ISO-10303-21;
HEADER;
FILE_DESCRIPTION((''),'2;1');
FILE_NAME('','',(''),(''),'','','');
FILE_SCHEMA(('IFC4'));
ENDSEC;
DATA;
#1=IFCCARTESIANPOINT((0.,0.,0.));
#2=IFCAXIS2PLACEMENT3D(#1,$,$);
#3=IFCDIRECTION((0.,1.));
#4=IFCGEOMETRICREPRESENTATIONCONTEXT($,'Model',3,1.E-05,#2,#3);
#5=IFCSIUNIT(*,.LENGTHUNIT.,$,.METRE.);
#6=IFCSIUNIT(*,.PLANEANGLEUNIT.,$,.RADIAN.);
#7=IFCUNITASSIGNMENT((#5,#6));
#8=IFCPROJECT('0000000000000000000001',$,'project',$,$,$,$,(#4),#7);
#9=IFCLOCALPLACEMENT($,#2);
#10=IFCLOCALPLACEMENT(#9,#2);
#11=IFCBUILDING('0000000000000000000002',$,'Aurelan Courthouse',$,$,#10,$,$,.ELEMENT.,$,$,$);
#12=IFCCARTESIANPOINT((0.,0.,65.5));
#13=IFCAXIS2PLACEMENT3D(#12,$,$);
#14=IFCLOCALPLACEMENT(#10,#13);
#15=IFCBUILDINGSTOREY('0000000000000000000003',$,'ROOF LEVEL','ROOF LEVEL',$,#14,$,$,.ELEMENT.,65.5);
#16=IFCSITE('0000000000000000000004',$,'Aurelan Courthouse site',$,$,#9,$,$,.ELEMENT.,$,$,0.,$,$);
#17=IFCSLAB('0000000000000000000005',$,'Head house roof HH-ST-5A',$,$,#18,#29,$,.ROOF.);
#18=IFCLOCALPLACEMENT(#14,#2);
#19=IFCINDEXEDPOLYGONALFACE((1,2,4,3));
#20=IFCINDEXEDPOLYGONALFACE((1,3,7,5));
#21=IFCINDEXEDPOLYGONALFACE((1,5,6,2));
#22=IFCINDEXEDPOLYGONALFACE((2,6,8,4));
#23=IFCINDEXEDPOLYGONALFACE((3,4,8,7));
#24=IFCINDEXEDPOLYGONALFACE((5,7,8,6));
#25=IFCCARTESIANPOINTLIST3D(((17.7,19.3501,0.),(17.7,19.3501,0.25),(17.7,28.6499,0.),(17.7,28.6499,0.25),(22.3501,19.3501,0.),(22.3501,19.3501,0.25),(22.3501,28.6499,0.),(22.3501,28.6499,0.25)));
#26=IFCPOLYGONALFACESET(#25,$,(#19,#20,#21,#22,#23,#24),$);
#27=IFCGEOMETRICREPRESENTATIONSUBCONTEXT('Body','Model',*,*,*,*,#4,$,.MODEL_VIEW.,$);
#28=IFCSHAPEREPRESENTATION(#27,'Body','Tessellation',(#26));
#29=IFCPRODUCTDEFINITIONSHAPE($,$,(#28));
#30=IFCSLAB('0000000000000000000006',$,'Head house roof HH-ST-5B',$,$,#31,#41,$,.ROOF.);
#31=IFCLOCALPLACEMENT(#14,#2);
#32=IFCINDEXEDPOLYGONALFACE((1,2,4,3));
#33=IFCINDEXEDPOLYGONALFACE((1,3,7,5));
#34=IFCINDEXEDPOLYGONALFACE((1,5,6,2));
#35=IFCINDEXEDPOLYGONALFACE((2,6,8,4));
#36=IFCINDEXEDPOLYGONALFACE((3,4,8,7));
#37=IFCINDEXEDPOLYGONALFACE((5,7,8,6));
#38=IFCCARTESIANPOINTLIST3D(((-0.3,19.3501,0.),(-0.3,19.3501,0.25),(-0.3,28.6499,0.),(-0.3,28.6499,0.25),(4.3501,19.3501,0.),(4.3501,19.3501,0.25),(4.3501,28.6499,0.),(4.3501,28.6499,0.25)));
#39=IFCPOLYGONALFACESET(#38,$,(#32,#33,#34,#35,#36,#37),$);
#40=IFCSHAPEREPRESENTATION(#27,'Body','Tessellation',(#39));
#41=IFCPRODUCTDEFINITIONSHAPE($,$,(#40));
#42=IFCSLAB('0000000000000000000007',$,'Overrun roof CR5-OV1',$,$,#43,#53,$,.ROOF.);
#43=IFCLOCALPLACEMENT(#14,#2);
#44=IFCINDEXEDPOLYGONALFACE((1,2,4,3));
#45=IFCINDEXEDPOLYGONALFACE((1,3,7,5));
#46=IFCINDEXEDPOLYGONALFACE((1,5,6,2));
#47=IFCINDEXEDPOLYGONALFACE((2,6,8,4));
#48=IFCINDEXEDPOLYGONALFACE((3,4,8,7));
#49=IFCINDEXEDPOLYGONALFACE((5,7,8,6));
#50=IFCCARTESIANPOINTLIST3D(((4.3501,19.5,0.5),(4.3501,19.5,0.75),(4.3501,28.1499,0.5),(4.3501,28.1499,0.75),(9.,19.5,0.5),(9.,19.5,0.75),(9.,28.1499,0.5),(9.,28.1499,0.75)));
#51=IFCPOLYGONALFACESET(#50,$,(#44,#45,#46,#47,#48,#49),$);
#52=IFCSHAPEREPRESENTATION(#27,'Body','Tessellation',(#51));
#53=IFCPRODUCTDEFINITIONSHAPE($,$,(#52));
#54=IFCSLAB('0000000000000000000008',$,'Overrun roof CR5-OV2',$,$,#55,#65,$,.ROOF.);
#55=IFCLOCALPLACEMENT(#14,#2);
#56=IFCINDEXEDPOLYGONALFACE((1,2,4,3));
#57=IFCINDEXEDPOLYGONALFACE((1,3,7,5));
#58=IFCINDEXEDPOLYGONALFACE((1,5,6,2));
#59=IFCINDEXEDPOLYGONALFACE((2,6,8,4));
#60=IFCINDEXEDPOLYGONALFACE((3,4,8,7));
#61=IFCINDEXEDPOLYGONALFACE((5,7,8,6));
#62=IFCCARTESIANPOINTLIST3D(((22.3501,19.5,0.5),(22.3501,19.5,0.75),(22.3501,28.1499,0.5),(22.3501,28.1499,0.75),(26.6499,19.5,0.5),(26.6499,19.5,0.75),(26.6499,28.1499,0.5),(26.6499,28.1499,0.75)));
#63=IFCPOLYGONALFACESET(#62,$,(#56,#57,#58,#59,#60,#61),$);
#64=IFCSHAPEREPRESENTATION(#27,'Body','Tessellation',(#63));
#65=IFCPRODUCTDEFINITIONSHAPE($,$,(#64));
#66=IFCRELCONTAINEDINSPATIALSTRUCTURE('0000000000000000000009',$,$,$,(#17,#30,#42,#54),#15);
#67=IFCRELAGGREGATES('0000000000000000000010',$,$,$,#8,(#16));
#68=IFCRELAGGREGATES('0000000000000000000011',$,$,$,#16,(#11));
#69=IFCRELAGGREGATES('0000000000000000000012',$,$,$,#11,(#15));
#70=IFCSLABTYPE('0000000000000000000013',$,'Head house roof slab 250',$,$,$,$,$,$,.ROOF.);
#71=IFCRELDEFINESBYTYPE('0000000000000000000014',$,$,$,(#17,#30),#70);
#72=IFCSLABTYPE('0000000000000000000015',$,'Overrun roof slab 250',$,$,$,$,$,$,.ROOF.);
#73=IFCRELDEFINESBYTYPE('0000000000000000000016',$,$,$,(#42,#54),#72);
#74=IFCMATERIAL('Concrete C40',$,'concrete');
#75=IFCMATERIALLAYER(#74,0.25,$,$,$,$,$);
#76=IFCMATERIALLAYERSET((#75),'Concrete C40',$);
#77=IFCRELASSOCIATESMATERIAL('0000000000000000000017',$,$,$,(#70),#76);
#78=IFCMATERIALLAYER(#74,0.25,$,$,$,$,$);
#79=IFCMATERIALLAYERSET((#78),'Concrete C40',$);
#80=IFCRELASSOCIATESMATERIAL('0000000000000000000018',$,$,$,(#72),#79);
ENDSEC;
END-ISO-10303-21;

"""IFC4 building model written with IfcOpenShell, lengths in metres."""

from ifc_helpers import new_model, si_unit, direction, frame, origin, place, context, subcontext, project, spatial, polyline, outline, extrude, material, layer, layer_set, type_object, element, save


model = new_model("IFC4")

# Units and contexts
model_context = context("Model", 3, precision=1e-05, world=origin(), true_north=direction((0.0, 1.0)))
body_context = subcontext(model_context, "Body", "Model", "MODEL_VIEW")
ifc_project = project(units=[si_unit("LENGTHUNIT", "METRE"), si_unit("PLANEANGLEUNIT", "RADIAN")], contexts=[model_context])

# Site, building, storey
site_placement = place(None, origin())
site = spatial("IfcSite", under=ifc_project, at=site_placement, Name="Aurelan Courthouse site", CompositionType="ELEMENT", RefElevation=0.0)
building_placement = place(site_placement, origin())
building = spatial("IfcBuilding", under=site, at=building_placement, Name="Aurelan Courthouse", CompositionType="ELEMENT")
storey_placement = place(building_placement, frame((0.0, 0.0, 65.5)))
storey = spatial("IfcBuildingStorey", under=building, at=storey_placement, Name="ROOF LEVEL", Description="ROOF LEVEL", CompositionType="ELEMENT", Elevation=65.5)

# Slabs
ifc_material = material(Name="Concrete C40", Category="concrete")
ifc_layer_1 = layer(ifc_material, 0.25)
ifc_layer_set_1 = layer_set([ifc_layer_1], Name="Concrete C40")
slab_type_1 = type_object("IfcSlabType", Name="Head house roof slab 250", PredefinedType="ROOF", material=ifc_layer_set_1)
slab_1_placement = place(storey_placement, origin())
element("IfcSlab", 1, at=slab_1_placement, inside=storey, type_object=slab_type_1, Name="Head house roof HH-ST-5A", PredefinedType="ROOF", context=body_context, shape_type="SweptSolid", body=[
    extrude(outline(polyline([(17.7, 19.3501), (22.3501, 19.3501), (22.3501, 28.6499), (17.7, 28.6499), (17.7, 19.3501)])), origin(), (0.0, 0.0, 1.0), 0.25),
])
slab_2_placement = place(storey_placement, origin())
element("IfcSlab", 2, at=slab_2_placement, inside=storey, type_object=slab_type_1, Name="Head house roof HH-ST-5B", PredefinedType="ROOF", context=body_context, shape_type="SweptSolid", body=[
    extrude(outline(polyline([(-0.3, 19.3501), (4.3501, 19.3501), (4.3501, 28.6499), (-0.3, 28.6499), (-0.3, 19.3501)])), origin(), (0.0, 0.0, 1.0), 0.25),
])
ifc_layer_2 = layer(ifc_material, 0.25)
ifc_layer_set_2 = layer_set([ifc_layer_2], Name="Concrete C40")
slab_type_2 = type_object("IfcSlabType", Name="Overrun roof slab 250", PredefinedType="ROOF", material=ifc_layer_set_2)
slab_3_placement = place(storey_placement, frame((0.0, 0.0, 0.5)))
element("IfcSlab", 3, at=slab_3_placement, inside=storey, type_object=slab_type_2, Name="Overrun roof CR5-OV1", PredefinedType="ROOF", context=body_context, shape_type="SweptSolid", body=[
    extrude(outline(polyline([(4.3501, 19.5), (9.0, 19.5), (9.0, 28.1499), (4.3501, 28.1499), (4.3501, 19.5)])), origin(), (0.0, 0.0, 1.0), 0.25),
])
slab_4_placement = place(storey_placement, frame((0.0, 0.0, 0.5)))
element("IfcSlab", 4, at=slab_4_placement, inside=storey, type_object=slab_type_2, Name="Overrun roof CR5-OV2", PredefinedType="ROOF", context=body_context, shape_type="SweptSolid", body=[
    extrude(outline(polyline([(22.3501, 19.5), (26.6499, 19.5), (26.6499, 28.1499), (22.3501, 28.1499), (22.3501, 19.5)])), origin(), (0.0, 0.0, 1.0), 0.25),
])

save(model, "model.ifc")
